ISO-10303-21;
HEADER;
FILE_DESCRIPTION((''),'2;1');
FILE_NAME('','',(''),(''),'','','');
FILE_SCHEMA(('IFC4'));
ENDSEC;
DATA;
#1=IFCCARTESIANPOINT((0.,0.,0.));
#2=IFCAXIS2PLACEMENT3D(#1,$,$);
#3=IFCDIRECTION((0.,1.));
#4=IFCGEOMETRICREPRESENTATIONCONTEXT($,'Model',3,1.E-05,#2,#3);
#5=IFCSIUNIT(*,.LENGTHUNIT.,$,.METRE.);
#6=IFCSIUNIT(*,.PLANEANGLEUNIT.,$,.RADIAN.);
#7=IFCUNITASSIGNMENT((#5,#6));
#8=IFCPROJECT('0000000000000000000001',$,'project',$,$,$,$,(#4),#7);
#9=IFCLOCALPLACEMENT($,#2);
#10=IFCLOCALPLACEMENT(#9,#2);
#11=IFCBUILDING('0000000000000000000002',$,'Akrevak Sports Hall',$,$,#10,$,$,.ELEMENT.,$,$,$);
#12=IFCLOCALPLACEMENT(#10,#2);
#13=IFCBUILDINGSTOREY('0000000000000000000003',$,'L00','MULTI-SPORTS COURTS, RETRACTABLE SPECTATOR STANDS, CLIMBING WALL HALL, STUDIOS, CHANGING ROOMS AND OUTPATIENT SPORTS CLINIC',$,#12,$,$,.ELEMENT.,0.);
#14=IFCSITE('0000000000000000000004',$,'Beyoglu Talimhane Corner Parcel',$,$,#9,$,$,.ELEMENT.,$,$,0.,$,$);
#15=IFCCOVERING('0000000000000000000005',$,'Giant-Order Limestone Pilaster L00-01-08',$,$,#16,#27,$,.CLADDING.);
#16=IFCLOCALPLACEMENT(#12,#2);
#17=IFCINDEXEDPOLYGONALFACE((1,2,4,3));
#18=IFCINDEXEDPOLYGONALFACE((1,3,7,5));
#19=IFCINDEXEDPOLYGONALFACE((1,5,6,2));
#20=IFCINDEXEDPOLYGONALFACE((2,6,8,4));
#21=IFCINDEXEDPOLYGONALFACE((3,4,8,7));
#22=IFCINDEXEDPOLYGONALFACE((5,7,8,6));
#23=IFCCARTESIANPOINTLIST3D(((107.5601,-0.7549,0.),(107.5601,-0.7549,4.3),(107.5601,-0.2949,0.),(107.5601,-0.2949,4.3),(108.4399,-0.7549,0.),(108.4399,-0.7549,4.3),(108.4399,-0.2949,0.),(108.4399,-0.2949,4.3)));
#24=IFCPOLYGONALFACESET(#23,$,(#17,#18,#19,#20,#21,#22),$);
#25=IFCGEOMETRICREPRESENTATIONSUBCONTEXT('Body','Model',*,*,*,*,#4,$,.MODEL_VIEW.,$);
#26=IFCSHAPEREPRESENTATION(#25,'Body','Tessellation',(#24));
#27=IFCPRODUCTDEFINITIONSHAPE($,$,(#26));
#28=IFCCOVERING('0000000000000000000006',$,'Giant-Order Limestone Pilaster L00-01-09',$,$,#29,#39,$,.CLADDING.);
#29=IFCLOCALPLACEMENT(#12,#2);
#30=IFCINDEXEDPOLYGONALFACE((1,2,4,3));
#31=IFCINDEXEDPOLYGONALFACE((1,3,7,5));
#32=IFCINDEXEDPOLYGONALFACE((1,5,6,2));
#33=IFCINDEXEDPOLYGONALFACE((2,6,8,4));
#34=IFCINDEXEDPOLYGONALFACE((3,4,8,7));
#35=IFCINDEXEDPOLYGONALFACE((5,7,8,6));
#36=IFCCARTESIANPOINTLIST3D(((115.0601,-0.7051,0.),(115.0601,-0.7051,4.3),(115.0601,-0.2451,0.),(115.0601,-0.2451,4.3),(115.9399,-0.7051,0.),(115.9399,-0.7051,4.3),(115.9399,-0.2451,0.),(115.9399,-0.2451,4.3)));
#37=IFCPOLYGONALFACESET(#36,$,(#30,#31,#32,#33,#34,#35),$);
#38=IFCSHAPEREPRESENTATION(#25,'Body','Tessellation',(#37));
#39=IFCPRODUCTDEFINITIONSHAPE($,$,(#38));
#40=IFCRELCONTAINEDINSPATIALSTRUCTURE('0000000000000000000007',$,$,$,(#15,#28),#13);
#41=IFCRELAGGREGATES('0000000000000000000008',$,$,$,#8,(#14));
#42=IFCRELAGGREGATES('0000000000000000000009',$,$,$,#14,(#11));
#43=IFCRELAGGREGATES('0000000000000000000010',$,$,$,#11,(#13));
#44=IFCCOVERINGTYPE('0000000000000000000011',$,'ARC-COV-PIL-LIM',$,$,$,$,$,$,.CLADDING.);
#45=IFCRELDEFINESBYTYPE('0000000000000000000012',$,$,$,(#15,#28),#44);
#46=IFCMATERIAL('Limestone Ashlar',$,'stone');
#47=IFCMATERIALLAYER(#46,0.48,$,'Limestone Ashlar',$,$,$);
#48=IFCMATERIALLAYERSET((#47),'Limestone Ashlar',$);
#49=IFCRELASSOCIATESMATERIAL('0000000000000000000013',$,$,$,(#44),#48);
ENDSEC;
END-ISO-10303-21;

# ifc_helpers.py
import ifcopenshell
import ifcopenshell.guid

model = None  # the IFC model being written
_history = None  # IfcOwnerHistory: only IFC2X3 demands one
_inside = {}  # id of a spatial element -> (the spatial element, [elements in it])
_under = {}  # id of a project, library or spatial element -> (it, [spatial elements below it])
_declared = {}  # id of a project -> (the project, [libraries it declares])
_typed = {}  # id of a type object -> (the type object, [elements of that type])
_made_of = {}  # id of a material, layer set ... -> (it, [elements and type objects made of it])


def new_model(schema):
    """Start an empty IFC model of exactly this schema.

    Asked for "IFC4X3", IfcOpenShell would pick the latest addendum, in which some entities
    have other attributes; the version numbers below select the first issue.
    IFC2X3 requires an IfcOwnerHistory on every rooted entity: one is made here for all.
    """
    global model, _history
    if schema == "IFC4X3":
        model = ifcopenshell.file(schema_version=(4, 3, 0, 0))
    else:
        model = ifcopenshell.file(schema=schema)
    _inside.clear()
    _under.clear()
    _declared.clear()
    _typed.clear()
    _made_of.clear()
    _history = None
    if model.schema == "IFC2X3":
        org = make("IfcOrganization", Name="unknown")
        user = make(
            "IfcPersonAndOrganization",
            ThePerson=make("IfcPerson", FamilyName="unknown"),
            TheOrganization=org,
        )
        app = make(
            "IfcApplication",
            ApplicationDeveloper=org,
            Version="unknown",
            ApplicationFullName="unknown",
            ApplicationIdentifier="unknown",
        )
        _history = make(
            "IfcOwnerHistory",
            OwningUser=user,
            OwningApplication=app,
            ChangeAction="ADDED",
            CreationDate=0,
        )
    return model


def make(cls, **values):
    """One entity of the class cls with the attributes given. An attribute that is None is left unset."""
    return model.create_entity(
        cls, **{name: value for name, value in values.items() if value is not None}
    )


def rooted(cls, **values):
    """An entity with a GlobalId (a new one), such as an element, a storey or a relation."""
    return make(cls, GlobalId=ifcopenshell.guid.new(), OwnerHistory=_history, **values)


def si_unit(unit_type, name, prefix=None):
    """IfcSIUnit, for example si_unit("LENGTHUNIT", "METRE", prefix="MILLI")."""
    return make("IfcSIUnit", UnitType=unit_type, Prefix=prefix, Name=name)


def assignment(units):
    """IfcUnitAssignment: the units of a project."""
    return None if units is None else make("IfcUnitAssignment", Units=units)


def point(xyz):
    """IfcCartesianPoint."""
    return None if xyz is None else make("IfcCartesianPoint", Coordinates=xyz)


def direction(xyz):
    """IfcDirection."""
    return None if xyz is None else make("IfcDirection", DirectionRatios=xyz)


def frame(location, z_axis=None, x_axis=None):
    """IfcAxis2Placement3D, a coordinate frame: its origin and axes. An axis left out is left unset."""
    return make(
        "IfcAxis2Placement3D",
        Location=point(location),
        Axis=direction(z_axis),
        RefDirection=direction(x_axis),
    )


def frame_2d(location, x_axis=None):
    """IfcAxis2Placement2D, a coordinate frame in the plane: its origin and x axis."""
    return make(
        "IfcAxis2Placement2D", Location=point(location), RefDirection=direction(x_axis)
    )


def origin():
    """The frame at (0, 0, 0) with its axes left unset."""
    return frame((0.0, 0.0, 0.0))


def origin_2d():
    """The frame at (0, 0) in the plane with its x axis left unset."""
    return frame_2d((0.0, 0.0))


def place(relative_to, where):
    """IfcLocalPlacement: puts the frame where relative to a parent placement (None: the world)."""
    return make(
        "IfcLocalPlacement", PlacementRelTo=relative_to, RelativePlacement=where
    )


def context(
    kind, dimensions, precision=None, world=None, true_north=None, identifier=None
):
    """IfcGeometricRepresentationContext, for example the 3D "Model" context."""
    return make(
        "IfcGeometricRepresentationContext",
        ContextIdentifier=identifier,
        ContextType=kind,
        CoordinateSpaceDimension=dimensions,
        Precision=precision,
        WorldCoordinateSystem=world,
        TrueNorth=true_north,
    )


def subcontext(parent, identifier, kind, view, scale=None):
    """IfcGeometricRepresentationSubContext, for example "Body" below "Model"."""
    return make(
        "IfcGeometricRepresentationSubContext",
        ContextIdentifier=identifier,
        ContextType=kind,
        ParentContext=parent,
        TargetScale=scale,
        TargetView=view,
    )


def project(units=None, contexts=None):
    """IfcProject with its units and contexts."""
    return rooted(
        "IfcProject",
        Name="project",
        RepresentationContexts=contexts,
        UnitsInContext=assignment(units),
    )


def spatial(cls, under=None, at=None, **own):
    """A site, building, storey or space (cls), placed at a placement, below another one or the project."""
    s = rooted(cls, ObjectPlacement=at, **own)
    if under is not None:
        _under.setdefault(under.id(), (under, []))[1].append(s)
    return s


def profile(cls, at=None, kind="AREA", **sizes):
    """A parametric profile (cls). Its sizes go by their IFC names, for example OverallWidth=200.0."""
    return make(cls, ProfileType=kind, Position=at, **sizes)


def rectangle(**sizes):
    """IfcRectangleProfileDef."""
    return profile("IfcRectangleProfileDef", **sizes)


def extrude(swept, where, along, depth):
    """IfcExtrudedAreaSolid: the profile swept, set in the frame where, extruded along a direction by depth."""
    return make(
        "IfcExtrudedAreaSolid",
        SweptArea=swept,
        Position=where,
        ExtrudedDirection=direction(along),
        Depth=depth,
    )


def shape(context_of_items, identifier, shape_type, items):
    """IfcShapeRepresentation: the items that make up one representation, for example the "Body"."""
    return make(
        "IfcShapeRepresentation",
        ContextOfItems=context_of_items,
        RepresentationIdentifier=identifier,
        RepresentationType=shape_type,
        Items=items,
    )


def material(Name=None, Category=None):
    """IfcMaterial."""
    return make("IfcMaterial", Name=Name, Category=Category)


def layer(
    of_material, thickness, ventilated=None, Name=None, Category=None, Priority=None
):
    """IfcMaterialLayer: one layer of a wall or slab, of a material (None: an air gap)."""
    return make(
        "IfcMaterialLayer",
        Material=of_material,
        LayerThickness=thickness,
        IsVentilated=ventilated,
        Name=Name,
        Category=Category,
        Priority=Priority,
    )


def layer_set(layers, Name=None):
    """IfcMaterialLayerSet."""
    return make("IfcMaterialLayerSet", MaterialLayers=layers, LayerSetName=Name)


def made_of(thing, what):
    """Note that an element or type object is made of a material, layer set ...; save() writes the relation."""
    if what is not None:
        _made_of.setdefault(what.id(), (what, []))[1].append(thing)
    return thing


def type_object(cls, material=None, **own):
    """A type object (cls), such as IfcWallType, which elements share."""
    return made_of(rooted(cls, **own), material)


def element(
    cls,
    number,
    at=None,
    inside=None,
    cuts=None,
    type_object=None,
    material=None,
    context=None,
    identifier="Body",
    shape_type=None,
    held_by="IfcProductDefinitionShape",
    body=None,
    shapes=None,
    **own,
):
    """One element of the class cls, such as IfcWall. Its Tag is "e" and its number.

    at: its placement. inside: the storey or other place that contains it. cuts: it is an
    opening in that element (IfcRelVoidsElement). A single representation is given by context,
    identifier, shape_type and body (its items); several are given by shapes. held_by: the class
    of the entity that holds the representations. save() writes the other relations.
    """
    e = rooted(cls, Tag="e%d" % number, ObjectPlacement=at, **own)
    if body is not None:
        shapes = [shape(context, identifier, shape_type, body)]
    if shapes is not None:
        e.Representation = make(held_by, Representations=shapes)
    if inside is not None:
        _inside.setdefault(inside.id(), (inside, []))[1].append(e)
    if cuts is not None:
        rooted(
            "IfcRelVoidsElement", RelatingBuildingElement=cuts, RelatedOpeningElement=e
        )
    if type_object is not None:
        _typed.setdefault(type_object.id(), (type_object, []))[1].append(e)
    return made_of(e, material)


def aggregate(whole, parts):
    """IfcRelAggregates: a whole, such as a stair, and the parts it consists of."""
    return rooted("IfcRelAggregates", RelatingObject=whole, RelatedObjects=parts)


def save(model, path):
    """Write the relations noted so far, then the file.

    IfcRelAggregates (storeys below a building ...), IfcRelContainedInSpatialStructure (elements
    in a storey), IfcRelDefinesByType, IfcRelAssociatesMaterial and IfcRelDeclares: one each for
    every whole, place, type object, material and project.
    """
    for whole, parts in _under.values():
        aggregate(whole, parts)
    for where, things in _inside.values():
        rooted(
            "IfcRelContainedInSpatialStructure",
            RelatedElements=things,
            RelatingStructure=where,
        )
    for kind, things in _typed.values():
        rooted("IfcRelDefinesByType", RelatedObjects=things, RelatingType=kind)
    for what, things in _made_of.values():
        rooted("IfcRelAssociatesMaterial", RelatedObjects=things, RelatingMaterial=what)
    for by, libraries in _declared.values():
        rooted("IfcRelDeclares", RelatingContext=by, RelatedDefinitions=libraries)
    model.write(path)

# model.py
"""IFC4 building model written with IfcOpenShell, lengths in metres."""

from ifc_helpers import new_model, si_unit, direction, frame, origin, origin_2d, place, context, subcontext, project, spatial, rectangle, extrude, material, layer, layer_set, type_object, element, save


model = new_model("IFC4")

# Units and contexts
model_context = context("Model", 3, precision=1e-05, world=origin(), true_north=direction((0.0, 1.0)))
body_context = subcontext(model_context, "Body", "Model", "MODEL_VIEW")
ifc_project = project(units=[si_unit("LENGTHUNIT", "METRE"), si_unit("PLANEANGLEUNIT", "RADIAN")], contexts=[model_context])

# Site, building, storey
site_placement = place(None, origin())
site = spatial("IfcSite", under=ifc_project, at=site_placement, Name="Beyoglu Talimhane Corner Parcel", CompositionType="ELEMENT", RefElevation=0.0)
building_placement = place(site_placement, origin())
building = spatial("IfcBuilding", under=site, at=building_placement, Name="Akrevak Sports Hall", CompositionType="ELEMENT")
storey_placement = place(building_placement, origin())
storey = spatial("IfcBuildingStorey", under=building, at=storey_placement, Name="L00", Description="MULTI-SPORTS COURTS, RETRACTABLE SPECTATOR STANDS, CLIMBING WALL HALL, STUDIOS, CHANGING ROOMS AND OUTPATIENT SPORTS CLINIC", CompositionType="ELEMENT", Elevation=0.0)

# Shared definitions
ifc_material_1 = material(Name="Limestone Ashlar", Category="stone")

# Coverings
ifc_layer_1 = layer(ifc_material_1, 0.48, Name="Limestone Ashlar")
ifc_layer_set_1 = layer_set([ifc_layer_1], Name="Limestone Ashlar")
covering_type_1 = type_object("IfcCoveringType", Name="ARC-COV-PIL-LIM", PredefinedType="CLADDING", material=ifc_layer_set_1)
for number, where, z_axis, x_axis, name in (
    (1, (108.0, -0.5249, 0.0), (0.0, 0.0, 1.0), (1.0, 0.0, 0.0), "Giant-Order Limestone Pilaster L00-01-08"),
    (2, (115.5, -0.4751, 0.0), (0.0, 0.0, 1.0), (1.0, 0.0, 0.0), "Giant-Order Limestone Pilaster L00-01-09"),
):
    element("IfcCovering", number, at=place(storey_placement, frame(where, z_axis=z_axis, x_axis=x_axis)), inside=storey, type_object=covering_type_1, Name=name, PredefinedType="CLADDING", context=body_context, shape_type="SweptSolid", body=[
        extrude(rectangle(XDim=0.8799, YDim=0.46, at=origin_2d()), origin(), (0.0, 0.0, 1.0), 4.3),
    ])

save(model, "model.ifc")
